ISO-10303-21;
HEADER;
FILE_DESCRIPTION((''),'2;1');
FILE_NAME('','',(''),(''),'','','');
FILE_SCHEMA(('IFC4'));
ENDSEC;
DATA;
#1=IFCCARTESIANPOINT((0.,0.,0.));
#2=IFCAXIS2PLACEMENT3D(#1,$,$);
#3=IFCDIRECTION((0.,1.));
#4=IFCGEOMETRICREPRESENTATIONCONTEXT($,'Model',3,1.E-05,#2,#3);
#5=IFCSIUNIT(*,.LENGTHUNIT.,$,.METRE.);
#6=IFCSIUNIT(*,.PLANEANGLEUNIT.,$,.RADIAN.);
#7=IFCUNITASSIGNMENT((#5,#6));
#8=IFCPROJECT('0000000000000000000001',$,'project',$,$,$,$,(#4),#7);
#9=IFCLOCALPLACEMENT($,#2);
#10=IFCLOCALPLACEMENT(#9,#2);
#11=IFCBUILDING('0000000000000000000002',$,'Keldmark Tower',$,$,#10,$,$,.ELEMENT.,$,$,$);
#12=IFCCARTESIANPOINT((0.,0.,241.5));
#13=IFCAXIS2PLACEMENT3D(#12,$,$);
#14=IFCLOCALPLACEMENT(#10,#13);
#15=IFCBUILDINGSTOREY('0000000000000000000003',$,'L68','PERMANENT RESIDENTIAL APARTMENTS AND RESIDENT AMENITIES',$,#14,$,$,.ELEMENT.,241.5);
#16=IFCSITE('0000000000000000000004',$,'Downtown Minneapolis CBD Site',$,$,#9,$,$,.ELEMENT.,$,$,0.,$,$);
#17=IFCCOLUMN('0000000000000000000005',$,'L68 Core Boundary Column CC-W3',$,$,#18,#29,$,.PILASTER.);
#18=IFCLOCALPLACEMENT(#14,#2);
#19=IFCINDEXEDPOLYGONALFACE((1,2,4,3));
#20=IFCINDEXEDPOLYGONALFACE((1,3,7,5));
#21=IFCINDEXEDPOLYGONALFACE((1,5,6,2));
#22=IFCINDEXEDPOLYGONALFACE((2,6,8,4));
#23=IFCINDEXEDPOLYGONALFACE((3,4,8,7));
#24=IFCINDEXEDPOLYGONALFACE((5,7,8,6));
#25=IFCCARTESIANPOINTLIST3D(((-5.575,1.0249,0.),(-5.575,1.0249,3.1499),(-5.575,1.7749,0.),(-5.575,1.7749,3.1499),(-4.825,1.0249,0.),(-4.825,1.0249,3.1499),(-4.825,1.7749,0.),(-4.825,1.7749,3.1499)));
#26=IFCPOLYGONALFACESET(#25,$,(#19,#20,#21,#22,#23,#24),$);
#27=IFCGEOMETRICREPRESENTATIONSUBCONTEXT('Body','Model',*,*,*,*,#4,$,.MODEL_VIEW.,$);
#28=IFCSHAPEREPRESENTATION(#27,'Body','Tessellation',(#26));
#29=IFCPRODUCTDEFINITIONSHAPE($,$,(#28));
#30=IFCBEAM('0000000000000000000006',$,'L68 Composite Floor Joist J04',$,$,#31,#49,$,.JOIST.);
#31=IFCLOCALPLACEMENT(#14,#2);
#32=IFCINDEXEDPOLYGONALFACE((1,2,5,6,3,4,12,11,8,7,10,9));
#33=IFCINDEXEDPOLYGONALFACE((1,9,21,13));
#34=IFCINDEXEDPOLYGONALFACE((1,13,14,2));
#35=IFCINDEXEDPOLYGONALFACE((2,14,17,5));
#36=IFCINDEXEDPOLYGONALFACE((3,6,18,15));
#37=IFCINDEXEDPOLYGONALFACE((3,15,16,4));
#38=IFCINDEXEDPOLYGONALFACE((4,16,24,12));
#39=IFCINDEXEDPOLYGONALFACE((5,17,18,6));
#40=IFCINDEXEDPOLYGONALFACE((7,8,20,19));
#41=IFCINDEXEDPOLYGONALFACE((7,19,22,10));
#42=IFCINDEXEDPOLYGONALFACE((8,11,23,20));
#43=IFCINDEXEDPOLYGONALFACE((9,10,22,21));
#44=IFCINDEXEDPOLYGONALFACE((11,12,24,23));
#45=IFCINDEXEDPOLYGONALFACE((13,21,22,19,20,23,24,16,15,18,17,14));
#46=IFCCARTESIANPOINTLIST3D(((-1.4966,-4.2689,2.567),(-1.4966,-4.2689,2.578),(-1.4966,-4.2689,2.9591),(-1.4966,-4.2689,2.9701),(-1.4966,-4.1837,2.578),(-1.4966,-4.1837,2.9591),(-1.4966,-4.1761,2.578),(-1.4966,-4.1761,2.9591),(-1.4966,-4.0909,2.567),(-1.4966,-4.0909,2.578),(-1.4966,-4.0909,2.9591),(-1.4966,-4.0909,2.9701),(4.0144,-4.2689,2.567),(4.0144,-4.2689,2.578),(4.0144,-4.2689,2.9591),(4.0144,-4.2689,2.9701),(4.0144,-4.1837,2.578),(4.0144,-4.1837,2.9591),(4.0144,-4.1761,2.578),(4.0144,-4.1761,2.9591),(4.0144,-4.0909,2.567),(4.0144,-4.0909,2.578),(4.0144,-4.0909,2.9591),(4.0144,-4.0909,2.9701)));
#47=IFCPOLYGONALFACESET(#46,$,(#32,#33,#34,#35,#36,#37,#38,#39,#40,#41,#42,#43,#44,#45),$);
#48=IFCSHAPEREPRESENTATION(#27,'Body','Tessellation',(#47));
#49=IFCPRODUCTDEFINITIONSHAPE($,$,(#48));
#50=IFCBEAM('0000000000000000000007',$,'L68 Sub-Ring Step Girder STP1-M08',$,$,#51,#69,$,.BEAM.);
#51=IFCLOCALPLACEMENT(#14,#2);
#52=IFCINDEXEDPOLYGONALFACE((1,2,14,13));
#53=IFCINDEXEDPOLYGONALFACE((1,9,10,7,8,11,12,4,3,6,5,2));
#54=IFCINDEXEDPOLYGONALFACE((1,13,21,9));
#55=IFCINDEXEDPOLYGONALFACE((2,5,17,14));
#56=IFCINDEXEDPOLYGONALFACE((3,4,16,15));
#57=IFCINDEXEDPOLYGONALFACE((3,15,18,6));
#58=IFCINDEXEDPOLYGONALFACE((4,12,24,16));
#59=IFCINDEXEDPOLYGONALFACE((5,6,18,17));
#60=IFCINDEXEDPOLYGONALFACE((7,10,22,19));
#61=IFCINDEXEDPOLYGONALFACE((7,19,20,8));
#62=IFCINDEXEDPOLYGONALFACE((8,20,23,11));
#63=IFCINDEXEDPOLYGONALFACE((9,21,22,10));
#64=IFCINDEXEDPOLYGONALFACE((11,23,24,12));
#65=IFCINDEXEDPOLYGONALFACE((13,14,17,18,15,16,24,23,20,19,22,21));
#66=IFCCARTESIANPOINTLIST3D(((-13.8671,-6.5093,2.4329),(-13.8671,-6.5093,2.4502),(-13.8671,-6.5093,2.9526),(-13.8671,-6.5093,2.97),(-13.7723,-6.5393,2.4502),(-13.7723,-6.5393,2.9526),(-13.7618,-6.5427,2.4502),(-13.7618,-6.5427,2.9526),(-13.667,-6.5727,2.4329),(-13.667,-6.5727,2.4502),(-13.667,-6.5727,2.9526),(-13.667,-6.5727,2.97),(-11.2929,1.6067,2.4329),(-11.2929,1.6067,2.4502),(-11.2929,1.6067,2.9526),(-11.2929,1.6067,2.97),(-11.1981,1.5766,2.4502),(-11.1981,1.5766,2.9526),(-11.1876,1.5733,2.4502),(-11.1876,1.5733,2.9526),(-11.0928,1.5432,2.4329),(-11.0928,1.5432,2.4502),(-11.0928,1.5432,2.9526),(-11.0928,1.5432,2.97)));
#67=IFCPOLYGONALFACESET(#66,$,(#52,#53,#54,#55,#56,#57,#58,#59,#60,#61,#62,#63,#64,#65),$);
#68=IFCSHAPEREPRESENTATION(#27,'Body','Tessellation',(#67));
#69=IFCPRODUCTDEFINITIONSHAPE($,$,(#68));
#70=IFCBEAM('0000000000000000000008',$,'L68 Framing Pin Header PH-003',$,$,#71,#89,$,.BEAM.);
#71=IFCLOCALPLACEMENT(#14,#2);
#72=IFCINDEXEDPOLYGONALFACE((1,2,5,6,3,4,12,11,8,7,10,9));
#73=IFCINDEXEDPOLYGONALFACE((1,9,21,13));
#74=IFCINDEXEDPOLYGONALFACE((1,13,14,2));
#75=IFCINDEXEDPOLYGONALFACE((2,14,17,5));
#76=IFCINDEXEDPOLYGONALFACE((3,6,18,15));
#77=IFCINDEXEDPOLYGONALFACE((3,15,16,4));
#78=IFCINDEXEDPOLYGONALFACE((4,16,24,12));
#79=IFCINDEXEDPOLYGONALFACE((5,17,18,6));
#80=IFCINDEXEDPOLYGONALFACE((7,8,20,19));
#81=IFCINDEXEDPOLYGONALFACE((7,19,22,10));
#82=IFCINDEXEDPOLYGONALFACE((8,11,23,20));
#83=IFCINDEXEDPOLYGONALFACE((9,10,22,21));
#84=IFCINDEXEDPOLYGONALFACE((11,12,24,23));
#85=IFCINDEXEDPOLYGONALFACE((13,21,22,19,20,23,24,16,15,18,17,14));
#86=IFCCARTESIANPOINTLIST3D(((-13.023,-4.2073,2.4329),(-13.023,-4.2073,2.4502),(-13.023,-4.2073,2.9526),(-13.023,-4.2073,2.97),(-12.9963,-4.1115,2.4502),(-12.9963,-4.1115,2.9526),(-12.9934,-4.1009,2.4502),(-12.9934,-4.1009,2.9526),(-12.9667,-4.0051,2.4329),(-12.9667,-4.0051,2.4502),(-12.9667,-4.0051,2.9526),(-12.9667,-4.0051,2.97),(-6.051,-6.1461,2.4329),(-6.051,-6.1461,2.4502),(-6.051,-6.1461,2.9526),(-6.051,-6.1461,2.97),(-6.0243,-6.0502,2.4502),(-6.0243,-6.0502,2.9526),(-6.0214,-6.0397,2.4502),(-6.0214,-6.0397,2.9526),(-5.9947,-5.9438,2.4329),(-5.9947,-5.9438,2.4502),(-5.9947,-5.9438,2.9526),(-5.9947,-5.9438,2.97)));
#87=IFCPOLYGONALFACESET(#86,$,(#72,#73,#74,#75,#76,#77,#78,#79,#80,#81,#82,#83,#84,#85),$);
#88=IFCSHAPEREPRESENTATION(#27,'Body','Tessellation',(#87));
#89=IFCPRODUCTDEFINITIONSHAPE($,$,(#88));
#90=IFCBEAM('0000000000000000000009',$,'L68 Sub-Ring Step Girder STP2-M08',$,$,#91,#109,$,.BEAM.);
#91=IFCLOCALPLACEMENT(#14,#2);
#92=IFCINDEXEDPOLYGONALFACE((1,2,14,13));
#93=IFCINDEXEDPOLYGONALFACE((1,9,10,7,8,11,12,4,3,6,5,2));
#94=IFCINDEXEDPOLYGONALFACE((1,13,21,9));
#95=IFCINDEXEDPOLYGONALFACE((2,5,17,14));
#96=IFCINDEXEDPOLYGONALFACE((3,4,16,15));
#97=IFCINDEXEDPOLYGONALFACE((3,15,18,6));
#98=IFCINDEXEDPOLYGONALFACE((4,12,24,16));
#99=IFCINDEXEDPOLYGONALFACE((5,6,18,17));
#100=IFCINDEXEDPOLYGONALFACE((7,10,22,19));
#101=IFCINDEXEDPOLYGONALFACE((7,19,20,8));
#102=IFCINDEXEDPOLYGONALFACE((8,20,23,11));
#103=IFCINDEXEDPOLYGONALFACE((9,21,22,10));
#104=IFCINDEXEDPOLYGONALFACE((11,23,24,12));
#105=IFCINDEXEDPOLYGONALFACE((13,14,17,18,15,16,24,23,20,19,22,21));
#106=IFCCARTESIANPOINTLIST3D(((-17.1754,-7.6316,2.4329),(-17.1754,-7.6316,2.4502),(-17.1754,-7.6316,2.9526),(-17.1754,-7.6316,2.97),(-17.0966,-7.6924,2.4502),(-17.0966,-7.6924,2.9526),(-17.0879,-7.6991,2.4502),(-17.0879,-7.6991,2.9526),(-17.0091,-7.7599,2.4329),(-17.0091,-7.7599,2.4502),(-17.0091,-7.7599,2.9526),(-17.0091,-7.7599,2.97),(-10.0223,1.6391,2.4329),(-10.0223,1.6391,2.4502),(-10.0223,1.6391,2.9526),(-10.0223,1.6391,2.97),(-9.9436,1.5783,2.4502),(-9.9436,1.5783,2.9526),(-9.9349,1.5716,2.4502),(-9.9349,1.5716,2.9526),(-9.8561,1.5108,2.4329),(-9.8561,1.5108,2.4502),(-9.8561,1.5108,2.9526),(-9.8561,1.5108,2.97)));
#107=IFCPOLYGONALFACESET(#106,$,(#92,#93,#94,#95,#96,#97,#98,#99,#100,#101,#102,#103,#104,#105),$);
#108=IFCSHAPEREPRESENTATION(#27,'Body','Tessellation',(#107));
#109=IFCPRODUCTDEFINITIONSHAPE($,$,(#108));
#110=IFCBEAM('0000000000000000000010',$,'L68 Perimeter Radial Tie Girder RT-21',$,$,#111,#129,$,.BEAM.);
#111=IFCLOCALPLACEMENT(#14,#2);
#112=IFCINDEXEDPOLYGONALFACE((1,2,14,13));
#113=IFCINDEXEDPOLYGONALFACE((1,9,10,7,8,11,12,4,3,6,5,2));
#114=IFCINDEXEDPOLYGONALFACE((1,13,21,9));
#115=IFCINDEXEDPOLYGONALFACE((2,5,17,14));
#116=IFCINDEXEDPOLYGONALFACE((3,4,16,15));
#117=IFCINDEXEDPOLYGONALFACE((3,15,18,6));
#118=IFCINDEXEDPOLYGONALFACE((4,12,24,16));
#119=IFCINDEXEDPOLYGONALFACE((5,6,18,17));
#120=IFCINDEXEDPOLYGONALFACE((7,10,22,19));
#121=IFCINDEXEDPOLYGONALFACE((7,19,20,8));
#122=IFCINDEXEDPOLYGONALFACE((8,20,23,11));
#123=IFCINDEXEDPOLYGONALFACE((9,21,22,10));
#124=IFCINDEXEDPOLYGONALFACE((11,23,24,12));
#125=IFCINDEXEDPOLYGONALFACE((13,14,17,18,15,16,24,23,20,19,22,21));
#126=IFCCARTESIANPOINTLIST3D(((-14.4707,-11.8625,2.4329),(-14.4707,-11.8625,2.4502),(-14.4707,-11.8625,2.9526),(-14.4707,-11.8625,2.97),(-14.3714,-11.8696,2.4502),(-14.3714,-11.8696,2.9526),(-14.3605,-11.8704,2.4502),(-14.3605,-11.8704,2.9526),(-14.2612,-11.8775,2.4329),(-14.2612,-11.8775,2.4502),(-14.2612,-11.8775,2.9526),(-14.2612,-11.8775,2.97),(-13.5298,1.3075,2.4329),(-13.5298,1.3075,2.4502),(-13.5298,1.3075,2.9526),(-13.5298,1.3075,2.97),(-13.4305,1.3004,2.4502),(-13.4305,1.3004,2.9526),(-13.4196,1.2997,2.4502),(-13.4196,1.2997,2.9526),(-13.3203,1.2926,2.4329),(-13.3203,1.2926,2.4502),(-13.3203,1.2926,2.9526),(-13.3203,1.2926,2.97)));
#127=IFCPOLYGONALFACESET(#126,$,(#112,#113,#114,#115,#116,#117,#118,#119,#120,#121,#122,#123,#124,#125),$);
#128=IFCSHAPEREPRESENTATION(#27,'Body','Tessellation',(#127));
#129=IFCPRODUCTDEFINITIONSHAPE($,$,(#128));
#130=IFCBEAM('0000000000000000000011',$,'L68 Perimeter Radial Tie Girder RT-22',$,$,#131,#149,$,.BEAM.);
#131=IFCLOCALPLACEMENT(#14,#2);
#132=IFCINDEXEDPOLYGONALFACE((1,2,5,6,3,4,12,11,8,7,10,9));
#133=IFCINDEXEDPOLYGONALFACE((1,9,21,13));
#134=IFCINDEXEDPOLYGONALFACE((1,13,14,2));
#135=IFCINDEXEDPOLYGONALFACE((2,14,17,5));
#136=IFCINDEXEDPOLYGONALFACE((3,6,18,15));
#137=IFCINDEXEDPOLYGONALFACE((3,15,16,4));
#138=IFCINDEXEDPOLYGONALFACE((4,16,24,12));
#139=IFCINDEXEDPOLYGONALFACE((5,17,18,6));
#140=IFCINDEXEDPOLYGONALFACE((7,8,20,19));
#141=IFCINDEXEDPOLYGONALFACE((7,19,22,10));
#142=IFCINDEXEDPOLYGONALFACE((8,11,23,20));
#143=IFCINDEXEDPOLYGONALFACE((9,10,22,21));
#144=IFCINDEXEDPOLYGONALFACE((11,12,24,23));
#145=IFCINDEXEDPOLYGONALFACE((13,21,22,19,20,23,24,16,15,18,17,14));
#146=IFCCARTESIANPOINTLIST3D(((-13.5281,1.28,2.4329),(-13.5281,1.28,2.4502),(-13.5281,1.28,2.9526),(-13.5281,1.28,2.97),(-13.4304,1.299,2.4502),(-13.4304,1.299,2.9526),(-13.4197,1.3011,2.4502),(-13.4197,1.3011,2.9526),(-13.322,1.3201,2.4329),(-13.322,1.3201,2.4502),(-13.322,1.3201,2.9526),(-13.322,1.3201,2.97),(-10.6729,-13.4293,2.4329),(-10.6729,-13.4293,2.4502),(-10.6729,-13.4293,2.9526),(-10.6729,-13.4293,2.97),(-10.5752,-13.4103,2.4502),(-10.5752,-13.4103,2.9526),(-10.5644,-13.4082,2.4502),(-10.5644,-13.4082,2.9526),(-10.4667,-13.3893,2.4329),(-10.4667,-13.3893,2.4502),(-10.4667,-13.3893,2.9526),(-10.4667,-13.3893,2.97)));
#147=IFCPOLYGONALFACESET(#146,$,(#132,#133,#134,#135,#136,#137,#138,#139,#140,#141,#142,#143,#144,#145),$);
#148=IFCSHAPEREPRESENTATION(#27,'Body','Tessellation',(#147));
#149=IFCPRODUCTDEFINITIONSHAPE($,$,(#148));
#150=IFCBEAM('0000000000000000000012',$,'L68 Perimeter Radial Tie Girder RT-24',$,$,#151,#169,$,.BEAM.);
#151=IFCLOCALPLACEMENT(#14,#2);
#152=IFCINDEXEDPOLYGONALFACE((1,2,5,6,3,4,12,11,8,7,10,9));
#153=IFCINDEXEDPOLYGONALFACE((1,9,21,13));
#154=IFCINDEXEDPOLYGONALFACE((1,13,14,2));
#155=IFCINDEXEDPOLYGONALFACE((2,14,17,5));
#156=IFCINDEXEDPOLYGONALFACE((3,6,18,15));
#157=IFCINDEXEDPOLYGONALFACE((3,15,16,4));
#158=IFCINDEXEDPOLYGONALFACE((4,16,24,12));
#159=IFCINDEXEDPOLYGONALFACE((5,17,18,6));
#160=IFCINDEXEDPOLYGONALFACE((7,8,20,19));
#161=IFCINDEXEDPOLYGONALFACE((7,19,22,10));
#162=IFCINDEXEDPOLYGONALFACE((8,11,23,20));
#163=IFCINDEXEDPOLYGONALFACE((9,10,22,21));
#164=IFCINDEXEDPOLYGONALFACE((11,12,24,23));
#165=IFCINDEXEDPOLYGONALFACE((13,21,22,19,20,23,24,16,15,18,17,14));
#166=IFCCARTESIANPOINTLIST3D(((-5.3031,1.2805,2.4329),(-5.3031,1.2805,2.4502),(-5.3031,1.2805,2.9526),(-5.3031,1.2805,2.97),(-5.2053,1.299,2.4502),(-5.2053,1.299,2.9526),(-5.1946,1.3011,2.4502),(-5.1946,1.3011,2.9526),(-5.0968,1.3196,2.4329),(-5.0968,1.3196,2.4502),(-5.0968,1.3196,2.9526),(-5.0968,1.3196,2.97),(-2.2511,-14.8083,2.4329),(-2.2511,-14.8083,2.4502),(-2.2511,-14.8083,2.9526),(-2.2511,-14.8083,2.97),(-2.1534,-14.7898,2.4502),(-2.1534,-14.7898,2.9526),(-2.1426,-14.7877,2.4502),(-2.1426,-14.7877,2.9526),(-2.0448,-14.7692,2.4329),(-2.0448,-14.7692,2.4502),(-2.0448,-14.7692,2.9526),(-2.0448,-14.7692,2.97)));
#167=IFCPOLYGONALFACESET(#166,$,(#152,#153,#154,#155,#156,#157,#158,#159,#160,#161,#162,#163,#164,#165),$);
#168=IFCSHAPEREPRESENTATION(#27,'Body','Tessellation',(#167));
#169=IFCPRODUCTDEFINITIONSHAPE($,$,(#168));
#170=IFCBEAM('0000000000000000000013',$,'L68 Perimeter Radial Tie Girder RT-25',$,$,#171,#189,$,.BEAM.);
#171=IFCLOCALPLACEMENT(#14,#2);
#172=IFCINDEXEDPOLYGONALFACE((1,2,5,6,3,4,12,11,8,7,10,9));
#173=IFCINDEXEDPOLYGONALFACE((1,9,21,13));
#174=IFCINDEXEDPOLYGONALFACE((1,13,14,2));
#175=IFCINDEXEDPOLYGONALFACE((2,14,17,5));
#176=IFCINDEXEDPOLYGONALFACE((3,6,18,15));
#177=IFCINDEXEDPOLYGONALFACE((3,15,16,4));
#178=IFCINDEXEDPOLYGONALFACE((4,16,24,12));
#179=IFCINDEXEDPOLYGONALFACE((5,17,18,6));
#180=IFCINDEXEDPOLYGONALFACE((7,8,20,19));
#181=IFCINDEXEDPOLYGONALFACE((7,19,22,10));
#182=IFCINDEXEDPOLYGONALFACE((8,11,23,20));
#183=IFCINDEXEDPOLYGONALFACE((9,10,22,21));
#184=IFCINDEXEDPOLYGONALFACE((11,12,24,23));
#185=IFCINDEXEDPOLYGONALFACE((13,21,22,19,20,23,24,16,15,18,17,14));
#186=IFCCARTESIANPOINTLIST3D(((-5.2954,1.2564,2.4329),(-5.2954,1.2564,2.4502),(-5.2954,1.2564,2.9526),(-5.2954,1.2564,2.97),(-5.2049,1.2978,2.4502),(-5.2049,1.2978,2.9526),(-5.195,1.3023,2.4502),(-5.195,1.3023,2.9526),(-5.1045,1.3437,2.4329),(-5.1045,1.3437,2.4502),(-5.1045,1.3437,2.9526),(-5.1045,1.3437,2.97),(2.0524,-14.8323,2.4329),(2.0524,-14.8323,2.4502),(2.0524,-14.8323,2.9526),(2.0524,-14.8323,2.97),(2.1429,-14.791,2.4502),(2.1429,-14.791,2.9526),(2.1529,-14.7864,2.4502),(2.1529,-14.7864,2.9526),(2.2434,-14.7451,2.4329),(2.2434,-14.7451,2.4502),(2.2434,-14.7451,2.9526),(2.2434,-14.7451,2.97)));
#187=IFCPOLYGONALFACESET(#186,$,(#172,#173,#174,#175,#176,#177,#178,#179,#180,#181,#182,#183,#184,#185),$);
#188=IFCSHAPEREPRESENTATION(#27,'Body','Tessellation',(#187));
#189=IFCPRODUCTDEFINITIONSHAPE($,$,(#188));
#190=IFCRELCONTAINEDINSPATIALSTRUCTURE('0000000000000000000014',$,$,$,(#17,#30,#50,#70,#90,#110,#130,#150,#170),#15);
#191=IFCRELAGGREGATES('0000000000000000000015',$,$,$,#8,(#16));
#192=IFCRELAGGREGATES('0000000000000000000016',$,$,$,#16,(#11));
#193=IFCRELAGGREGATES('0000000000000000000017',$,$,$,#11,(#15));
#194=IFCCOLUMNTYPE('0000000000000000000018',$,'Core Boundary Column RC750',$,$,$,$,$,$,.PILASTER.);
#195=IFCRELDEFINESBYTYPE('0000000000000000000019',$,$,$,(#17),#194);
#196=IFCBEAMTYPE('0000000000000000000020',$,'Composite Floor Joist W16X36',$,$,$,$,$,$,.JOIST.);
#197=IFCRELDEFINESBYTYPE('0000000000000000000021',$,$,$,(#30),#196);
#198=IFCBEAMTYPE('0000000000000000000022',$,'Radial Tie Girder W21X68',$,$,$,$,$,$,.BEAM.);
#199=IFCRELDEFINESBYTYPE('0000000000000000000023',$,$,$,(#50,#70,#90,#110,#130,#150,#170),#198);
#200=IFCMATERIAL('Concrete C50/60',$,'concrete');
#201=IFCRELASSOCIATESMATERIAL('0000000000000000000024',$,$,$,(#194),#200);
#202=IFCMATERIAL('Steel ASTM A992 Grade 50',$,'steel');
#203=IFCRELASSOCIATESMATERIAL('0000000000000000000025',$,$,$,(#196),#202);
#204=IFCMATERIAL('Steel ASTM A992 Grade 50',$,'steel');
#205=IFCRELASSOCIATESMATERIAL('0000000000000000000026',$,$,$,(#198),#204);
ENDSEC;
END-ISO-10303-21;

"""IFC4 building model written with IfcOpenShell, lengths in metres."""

from ifc_helpers import new_model, si_unit, direction, frame, origin, origin_2d, place, context, subcontext, project, spatial, rectangle, i_section, extrude, material, material_profile, profile_set, type_object, element, save


model = new_model("IFC4")

# Units and contexts
model_context = context("Model", 3, precision=1e-05, world=origin(), true_north=direction((0.0, 1.0)))
body_context = subcontext(model_context, "Body", "Model", "MODEL_VIEW")
ifc_project = project(units=[si_unit("LENGTHUNIT", "METRE"), si_unit("PLANEANGLEUNIT", "RADIAN")], contexts=[model_context])

# Site, building, storey
site_placement = place(None, origin())
site = spatial("IfcSite", under=ifc_project, at=site_placement, Name="Downtown Minneapolis CBD Site", CompositionType="ELEMENT", RefElevation=0.0)
building_placement = place(site_placement, origin())
building = spatial("IfcBuilding", under=site, at=building_placement, Name="Keldmark Tower", CompositionType="ELEMENT")
storey_placement = place(building_placement, frame((0.0, 0.0, 241.5)))
storey = spatial("IfcBuildingStorey", under=building, at=storey_placement, Name="L68", Description="PERMANENT RESIDENTIAL APARTMENTS AND RESIDENT AMENITIES", CompositionType="ELEMENT", Elevation=241.5)

# Column
ifc_material_1 = material(Name="Concrete C50/60", Category="concrete")
ifc_material_profile_1 = material_profile(ifc_material_1, rectangle(XDim=0.75, YDim=0.75, at=origin_2d()), Name="RC750X750")
ifc_profile_set_1 = profile_set([ifc_material_profile_1], Name="Concrete C50/60")
column_type = type_object("IfcColumnType", Name="Core Boundary Column RC750", PredefinedType="PILASTER", material=ifc_profile_set_1)
column_placement = place(storey_placement, frame((-5.2, 1.3999, 0.0), z_axis=(0.0, 0.0, 1.0), x_axis=(1.0, 0.0, 0.0)))
element("IfcColumn", 1, at=column_placement, inside=storey, type_object=column_type, Name="L68 Core Boundary Column CC-W3", PredefinedType="PILASTER", context=body_context, shape_type="SweptSolid", body=[
    extrude(rectangle(XDim=0.75, YDim=0.75, at=origin_2d()), origin(), (0.0, 0.0, 1.0), 3.1499),
])

# Beams
ifc_material_2 = material(Name="Steel ASTM A992 Grade 50", Category="steel")
ifc_material_profile_2 = material_profile(ifc_material_2, i_section(OverallWidth=0.178, OverallDepth=0.4031, WebThickness=0.0076, FlangeThickness=0.011, at=origin_2d()), Name="W16X36")
ifc_profile_set_2 = profile_set([ifc_material_profile_2], Name="Steel ASTM A992 Grade 50")
beam_type_1 = type_object("IfcBeamType", Name="Composite Floor Joist W16X36", PredefinedType="JOIST", material=ifc_profile_set_2)
beam_1_placement = place(storey_placement, frame((-1.4966, -4.1799, 2.7686), z_axis=(1.0, 0.0, 0.0), x_axis=(0.0, 1.0, 0.0)))
element("IfcBeam", 2, at=beam_1_placement, inside=storey, type_object=beam_type_1, Name="L68 Composite Floor Joist J04", PredefinedType="JOIST", context=body_context, shape_type="SweptSolid", body=[
    extrude(i_section(OverallWidth=0.178, OverallDepth=0.4031, WebThickness=0.0076, FlangeThickness=0.011, at=origin_2d()), origin(), (0.0, 0.0, 1.0), 5.511),
])
ifc_material_3 = material(Name="Steel ASTM A992 Grade 50", Category="steel")
ifc_material_profile_3 = material_profile(ifc_material_3, i_section(OverallWidth=0.21, OverallDepth=0.5371, WebThickness=0.011, FlangeThickness=0.0173, at=origin_2d()), Name="W21X68")
ifc_profile_set_3 = profile_set([ifc_material_profile_3], Name="Steel ASTM A992 Grade 50")
beam_type_2 = type_object("IfcBeamType", Name="Radial Tie Girder W21X68", PredefinedType="BEAM", material=ifc_profile_set_3)
beam_2_placement = place(storey_placement, frame((-11.1929, 1.575, 2.7014), z_axis=(-0.302336, -0.953201, 0.0), x_axis=(0.953201, -0.302336, 0.0)))
element("IfcBeam", 3, at=beam_2_placement, inside=storey, type_object=beam_type_2, Name="L68 Sub-Ring Step Girder STP1-M08", PredefinedType="BEAM", context=body_context, shape_type="SweptSolid", body=[
    extrude(i_section(OverallWidth=0.21, OverallDepth=0.5371, WebThickness=0.011, FlangeThickness=0.0173, at=origin_2d()), origin(), (0.0, 0.0, 1.0), 8.5144),
])
beam_3_placement = place(storey_placement, frame((-12.9949, -4.1062, 2.7014), z_axis=(0.963444, -0.26791, 0.0), x_axis=(0.26791, 0.963444, 0.0)))
element("IfcBeam", 4, at=beam_3_placement, inside=storey, type_object=beam_type_2, Name="L68 Framing Pin Header PH-003", PredefinedType="BEAM", context=body_context, shape_type="SweptSolid", body=[
    extrude(i_section(OverallWidth=0.21, OverallDepth=0.5371, WebThickness=0.011, FlangeThickness=0.0173, at=origin_2d()), origin(), (0.0, 0.0, 1.0), 7.2366),
])
beam_4_placement = place(storey_placement, frame((-9.9392, 1.575, 2.7014), z_axis=(-0.610876, -0.791726, 0.0), x_axis=(0.791726, -0.610876, 0.0)))
element("IfcBeam", 5, at=beam_4_placement, inside=storey, type_object=beam_type_2, Name="L68 Sub-Ring Step Girder STP2-M08", PredefinedType="BEAM", context=body_context, shape_type="SweptSolid", body=[
    extrude(i_section(OverallWidth=0.21, OverallDepth=0.5371, WebThickness=0.011, FlangeThickness=0.0173, at=origin_2d()), origin(), (0.0, 0.0, 1.0), 11.7095),
])
beam_5_placement = place(storey_placement, frame((-13.425, 1.3, 2.7014), z_axis=(-0.071262, -0.997458, 0.0), x_axis=(0.997458, -0.071262, 0.0)))
element("IfcBeam", 6, at=beam_5_placement, inside=storey, type_object=beam_type_2, Name="L68 Perimeter Radial Tie Girder RT-21", PredefinedType="BEAM", context=body_context, shape_type="SweptSolid", body=[
    extrude(i_section(OverallWidth=0.21, OverallDepth=0.5371, WebThickness=0.011, FlangeThickness=0.0173, at=origin_2d()), origin(), (0.0, 0.0, 1.0), 13.2036),
])
beam_6_placement = place(storey_placement, frame((-13.425, 1.3, 2.7014), z_axis=(0.190554, -0.981677, 0.0), x_axis=(0.981677, 0.190554, 0.0)))
element("IfcBeam", 7, at=beam_6_placement, inside=storey, type_object=beam_type_2, Name="L68 Perimeter Radial Tie Girder RT-22", PredefinedType="BEAM", context=body_context, shape_type="SweptSolid", body=[
    extrude(i_section(OverallWidth=0.21, OverallDepth=0.5371, WebThickness=0.011, FlangeThickness=0.0173, at=origin_2d()), origin(), (0.0, 0.0, 1.0), 14.9839),
])
beam_7_placement = place(storey_placement, frame((-5.2, 1.3, 2.7014), z_axis=(0.186373, -0.982479, 0.0), x_axis=(0.982479, 0.186373, 0.0)))
element("IfcBeam", 8, at=beam_7_placement, inside=storey, type_object=beam_type_2, Name="L68 Perimeter Radial Tie Girder RT-24", PredefinedType="BEAM", context=body_context, shape_type="SweptSolid", body=[
    extrude(i_section(OverallWidth=0.21, OverallDepth=0.5371, WebThickness=0.011, FlangeThickness=0.0173, at=origin_2d()), origin(), (0.0, 0.0, 1.0), 16.3757),
])
beam_8_placement = place(storey_placement, frame((-5.2, 1.3, 2.7014), z_axis=(0.415432, -0.909624, 0.0), x_axis=(0.909624, 0.415432, 0.0)))
element("IfcBeam", 9, at=beam_8_placement, inside=storey, type_object=beam_type_2, Name="L68 Perimeter Radial Tie Girder RT-25", PredefinedType="BEAM", context=body_context, shape_type="SweptSolid", body=[
    extrude(i_section(OverallWidth=0.21, OverallDepth=0.5371, WebThickness=0.011, FlangeThickness=0.0173, at=origin_2d()), origin(), (0.0, 0.0, 1.0), 17.6873),
])

save(model, "model.ifc")
